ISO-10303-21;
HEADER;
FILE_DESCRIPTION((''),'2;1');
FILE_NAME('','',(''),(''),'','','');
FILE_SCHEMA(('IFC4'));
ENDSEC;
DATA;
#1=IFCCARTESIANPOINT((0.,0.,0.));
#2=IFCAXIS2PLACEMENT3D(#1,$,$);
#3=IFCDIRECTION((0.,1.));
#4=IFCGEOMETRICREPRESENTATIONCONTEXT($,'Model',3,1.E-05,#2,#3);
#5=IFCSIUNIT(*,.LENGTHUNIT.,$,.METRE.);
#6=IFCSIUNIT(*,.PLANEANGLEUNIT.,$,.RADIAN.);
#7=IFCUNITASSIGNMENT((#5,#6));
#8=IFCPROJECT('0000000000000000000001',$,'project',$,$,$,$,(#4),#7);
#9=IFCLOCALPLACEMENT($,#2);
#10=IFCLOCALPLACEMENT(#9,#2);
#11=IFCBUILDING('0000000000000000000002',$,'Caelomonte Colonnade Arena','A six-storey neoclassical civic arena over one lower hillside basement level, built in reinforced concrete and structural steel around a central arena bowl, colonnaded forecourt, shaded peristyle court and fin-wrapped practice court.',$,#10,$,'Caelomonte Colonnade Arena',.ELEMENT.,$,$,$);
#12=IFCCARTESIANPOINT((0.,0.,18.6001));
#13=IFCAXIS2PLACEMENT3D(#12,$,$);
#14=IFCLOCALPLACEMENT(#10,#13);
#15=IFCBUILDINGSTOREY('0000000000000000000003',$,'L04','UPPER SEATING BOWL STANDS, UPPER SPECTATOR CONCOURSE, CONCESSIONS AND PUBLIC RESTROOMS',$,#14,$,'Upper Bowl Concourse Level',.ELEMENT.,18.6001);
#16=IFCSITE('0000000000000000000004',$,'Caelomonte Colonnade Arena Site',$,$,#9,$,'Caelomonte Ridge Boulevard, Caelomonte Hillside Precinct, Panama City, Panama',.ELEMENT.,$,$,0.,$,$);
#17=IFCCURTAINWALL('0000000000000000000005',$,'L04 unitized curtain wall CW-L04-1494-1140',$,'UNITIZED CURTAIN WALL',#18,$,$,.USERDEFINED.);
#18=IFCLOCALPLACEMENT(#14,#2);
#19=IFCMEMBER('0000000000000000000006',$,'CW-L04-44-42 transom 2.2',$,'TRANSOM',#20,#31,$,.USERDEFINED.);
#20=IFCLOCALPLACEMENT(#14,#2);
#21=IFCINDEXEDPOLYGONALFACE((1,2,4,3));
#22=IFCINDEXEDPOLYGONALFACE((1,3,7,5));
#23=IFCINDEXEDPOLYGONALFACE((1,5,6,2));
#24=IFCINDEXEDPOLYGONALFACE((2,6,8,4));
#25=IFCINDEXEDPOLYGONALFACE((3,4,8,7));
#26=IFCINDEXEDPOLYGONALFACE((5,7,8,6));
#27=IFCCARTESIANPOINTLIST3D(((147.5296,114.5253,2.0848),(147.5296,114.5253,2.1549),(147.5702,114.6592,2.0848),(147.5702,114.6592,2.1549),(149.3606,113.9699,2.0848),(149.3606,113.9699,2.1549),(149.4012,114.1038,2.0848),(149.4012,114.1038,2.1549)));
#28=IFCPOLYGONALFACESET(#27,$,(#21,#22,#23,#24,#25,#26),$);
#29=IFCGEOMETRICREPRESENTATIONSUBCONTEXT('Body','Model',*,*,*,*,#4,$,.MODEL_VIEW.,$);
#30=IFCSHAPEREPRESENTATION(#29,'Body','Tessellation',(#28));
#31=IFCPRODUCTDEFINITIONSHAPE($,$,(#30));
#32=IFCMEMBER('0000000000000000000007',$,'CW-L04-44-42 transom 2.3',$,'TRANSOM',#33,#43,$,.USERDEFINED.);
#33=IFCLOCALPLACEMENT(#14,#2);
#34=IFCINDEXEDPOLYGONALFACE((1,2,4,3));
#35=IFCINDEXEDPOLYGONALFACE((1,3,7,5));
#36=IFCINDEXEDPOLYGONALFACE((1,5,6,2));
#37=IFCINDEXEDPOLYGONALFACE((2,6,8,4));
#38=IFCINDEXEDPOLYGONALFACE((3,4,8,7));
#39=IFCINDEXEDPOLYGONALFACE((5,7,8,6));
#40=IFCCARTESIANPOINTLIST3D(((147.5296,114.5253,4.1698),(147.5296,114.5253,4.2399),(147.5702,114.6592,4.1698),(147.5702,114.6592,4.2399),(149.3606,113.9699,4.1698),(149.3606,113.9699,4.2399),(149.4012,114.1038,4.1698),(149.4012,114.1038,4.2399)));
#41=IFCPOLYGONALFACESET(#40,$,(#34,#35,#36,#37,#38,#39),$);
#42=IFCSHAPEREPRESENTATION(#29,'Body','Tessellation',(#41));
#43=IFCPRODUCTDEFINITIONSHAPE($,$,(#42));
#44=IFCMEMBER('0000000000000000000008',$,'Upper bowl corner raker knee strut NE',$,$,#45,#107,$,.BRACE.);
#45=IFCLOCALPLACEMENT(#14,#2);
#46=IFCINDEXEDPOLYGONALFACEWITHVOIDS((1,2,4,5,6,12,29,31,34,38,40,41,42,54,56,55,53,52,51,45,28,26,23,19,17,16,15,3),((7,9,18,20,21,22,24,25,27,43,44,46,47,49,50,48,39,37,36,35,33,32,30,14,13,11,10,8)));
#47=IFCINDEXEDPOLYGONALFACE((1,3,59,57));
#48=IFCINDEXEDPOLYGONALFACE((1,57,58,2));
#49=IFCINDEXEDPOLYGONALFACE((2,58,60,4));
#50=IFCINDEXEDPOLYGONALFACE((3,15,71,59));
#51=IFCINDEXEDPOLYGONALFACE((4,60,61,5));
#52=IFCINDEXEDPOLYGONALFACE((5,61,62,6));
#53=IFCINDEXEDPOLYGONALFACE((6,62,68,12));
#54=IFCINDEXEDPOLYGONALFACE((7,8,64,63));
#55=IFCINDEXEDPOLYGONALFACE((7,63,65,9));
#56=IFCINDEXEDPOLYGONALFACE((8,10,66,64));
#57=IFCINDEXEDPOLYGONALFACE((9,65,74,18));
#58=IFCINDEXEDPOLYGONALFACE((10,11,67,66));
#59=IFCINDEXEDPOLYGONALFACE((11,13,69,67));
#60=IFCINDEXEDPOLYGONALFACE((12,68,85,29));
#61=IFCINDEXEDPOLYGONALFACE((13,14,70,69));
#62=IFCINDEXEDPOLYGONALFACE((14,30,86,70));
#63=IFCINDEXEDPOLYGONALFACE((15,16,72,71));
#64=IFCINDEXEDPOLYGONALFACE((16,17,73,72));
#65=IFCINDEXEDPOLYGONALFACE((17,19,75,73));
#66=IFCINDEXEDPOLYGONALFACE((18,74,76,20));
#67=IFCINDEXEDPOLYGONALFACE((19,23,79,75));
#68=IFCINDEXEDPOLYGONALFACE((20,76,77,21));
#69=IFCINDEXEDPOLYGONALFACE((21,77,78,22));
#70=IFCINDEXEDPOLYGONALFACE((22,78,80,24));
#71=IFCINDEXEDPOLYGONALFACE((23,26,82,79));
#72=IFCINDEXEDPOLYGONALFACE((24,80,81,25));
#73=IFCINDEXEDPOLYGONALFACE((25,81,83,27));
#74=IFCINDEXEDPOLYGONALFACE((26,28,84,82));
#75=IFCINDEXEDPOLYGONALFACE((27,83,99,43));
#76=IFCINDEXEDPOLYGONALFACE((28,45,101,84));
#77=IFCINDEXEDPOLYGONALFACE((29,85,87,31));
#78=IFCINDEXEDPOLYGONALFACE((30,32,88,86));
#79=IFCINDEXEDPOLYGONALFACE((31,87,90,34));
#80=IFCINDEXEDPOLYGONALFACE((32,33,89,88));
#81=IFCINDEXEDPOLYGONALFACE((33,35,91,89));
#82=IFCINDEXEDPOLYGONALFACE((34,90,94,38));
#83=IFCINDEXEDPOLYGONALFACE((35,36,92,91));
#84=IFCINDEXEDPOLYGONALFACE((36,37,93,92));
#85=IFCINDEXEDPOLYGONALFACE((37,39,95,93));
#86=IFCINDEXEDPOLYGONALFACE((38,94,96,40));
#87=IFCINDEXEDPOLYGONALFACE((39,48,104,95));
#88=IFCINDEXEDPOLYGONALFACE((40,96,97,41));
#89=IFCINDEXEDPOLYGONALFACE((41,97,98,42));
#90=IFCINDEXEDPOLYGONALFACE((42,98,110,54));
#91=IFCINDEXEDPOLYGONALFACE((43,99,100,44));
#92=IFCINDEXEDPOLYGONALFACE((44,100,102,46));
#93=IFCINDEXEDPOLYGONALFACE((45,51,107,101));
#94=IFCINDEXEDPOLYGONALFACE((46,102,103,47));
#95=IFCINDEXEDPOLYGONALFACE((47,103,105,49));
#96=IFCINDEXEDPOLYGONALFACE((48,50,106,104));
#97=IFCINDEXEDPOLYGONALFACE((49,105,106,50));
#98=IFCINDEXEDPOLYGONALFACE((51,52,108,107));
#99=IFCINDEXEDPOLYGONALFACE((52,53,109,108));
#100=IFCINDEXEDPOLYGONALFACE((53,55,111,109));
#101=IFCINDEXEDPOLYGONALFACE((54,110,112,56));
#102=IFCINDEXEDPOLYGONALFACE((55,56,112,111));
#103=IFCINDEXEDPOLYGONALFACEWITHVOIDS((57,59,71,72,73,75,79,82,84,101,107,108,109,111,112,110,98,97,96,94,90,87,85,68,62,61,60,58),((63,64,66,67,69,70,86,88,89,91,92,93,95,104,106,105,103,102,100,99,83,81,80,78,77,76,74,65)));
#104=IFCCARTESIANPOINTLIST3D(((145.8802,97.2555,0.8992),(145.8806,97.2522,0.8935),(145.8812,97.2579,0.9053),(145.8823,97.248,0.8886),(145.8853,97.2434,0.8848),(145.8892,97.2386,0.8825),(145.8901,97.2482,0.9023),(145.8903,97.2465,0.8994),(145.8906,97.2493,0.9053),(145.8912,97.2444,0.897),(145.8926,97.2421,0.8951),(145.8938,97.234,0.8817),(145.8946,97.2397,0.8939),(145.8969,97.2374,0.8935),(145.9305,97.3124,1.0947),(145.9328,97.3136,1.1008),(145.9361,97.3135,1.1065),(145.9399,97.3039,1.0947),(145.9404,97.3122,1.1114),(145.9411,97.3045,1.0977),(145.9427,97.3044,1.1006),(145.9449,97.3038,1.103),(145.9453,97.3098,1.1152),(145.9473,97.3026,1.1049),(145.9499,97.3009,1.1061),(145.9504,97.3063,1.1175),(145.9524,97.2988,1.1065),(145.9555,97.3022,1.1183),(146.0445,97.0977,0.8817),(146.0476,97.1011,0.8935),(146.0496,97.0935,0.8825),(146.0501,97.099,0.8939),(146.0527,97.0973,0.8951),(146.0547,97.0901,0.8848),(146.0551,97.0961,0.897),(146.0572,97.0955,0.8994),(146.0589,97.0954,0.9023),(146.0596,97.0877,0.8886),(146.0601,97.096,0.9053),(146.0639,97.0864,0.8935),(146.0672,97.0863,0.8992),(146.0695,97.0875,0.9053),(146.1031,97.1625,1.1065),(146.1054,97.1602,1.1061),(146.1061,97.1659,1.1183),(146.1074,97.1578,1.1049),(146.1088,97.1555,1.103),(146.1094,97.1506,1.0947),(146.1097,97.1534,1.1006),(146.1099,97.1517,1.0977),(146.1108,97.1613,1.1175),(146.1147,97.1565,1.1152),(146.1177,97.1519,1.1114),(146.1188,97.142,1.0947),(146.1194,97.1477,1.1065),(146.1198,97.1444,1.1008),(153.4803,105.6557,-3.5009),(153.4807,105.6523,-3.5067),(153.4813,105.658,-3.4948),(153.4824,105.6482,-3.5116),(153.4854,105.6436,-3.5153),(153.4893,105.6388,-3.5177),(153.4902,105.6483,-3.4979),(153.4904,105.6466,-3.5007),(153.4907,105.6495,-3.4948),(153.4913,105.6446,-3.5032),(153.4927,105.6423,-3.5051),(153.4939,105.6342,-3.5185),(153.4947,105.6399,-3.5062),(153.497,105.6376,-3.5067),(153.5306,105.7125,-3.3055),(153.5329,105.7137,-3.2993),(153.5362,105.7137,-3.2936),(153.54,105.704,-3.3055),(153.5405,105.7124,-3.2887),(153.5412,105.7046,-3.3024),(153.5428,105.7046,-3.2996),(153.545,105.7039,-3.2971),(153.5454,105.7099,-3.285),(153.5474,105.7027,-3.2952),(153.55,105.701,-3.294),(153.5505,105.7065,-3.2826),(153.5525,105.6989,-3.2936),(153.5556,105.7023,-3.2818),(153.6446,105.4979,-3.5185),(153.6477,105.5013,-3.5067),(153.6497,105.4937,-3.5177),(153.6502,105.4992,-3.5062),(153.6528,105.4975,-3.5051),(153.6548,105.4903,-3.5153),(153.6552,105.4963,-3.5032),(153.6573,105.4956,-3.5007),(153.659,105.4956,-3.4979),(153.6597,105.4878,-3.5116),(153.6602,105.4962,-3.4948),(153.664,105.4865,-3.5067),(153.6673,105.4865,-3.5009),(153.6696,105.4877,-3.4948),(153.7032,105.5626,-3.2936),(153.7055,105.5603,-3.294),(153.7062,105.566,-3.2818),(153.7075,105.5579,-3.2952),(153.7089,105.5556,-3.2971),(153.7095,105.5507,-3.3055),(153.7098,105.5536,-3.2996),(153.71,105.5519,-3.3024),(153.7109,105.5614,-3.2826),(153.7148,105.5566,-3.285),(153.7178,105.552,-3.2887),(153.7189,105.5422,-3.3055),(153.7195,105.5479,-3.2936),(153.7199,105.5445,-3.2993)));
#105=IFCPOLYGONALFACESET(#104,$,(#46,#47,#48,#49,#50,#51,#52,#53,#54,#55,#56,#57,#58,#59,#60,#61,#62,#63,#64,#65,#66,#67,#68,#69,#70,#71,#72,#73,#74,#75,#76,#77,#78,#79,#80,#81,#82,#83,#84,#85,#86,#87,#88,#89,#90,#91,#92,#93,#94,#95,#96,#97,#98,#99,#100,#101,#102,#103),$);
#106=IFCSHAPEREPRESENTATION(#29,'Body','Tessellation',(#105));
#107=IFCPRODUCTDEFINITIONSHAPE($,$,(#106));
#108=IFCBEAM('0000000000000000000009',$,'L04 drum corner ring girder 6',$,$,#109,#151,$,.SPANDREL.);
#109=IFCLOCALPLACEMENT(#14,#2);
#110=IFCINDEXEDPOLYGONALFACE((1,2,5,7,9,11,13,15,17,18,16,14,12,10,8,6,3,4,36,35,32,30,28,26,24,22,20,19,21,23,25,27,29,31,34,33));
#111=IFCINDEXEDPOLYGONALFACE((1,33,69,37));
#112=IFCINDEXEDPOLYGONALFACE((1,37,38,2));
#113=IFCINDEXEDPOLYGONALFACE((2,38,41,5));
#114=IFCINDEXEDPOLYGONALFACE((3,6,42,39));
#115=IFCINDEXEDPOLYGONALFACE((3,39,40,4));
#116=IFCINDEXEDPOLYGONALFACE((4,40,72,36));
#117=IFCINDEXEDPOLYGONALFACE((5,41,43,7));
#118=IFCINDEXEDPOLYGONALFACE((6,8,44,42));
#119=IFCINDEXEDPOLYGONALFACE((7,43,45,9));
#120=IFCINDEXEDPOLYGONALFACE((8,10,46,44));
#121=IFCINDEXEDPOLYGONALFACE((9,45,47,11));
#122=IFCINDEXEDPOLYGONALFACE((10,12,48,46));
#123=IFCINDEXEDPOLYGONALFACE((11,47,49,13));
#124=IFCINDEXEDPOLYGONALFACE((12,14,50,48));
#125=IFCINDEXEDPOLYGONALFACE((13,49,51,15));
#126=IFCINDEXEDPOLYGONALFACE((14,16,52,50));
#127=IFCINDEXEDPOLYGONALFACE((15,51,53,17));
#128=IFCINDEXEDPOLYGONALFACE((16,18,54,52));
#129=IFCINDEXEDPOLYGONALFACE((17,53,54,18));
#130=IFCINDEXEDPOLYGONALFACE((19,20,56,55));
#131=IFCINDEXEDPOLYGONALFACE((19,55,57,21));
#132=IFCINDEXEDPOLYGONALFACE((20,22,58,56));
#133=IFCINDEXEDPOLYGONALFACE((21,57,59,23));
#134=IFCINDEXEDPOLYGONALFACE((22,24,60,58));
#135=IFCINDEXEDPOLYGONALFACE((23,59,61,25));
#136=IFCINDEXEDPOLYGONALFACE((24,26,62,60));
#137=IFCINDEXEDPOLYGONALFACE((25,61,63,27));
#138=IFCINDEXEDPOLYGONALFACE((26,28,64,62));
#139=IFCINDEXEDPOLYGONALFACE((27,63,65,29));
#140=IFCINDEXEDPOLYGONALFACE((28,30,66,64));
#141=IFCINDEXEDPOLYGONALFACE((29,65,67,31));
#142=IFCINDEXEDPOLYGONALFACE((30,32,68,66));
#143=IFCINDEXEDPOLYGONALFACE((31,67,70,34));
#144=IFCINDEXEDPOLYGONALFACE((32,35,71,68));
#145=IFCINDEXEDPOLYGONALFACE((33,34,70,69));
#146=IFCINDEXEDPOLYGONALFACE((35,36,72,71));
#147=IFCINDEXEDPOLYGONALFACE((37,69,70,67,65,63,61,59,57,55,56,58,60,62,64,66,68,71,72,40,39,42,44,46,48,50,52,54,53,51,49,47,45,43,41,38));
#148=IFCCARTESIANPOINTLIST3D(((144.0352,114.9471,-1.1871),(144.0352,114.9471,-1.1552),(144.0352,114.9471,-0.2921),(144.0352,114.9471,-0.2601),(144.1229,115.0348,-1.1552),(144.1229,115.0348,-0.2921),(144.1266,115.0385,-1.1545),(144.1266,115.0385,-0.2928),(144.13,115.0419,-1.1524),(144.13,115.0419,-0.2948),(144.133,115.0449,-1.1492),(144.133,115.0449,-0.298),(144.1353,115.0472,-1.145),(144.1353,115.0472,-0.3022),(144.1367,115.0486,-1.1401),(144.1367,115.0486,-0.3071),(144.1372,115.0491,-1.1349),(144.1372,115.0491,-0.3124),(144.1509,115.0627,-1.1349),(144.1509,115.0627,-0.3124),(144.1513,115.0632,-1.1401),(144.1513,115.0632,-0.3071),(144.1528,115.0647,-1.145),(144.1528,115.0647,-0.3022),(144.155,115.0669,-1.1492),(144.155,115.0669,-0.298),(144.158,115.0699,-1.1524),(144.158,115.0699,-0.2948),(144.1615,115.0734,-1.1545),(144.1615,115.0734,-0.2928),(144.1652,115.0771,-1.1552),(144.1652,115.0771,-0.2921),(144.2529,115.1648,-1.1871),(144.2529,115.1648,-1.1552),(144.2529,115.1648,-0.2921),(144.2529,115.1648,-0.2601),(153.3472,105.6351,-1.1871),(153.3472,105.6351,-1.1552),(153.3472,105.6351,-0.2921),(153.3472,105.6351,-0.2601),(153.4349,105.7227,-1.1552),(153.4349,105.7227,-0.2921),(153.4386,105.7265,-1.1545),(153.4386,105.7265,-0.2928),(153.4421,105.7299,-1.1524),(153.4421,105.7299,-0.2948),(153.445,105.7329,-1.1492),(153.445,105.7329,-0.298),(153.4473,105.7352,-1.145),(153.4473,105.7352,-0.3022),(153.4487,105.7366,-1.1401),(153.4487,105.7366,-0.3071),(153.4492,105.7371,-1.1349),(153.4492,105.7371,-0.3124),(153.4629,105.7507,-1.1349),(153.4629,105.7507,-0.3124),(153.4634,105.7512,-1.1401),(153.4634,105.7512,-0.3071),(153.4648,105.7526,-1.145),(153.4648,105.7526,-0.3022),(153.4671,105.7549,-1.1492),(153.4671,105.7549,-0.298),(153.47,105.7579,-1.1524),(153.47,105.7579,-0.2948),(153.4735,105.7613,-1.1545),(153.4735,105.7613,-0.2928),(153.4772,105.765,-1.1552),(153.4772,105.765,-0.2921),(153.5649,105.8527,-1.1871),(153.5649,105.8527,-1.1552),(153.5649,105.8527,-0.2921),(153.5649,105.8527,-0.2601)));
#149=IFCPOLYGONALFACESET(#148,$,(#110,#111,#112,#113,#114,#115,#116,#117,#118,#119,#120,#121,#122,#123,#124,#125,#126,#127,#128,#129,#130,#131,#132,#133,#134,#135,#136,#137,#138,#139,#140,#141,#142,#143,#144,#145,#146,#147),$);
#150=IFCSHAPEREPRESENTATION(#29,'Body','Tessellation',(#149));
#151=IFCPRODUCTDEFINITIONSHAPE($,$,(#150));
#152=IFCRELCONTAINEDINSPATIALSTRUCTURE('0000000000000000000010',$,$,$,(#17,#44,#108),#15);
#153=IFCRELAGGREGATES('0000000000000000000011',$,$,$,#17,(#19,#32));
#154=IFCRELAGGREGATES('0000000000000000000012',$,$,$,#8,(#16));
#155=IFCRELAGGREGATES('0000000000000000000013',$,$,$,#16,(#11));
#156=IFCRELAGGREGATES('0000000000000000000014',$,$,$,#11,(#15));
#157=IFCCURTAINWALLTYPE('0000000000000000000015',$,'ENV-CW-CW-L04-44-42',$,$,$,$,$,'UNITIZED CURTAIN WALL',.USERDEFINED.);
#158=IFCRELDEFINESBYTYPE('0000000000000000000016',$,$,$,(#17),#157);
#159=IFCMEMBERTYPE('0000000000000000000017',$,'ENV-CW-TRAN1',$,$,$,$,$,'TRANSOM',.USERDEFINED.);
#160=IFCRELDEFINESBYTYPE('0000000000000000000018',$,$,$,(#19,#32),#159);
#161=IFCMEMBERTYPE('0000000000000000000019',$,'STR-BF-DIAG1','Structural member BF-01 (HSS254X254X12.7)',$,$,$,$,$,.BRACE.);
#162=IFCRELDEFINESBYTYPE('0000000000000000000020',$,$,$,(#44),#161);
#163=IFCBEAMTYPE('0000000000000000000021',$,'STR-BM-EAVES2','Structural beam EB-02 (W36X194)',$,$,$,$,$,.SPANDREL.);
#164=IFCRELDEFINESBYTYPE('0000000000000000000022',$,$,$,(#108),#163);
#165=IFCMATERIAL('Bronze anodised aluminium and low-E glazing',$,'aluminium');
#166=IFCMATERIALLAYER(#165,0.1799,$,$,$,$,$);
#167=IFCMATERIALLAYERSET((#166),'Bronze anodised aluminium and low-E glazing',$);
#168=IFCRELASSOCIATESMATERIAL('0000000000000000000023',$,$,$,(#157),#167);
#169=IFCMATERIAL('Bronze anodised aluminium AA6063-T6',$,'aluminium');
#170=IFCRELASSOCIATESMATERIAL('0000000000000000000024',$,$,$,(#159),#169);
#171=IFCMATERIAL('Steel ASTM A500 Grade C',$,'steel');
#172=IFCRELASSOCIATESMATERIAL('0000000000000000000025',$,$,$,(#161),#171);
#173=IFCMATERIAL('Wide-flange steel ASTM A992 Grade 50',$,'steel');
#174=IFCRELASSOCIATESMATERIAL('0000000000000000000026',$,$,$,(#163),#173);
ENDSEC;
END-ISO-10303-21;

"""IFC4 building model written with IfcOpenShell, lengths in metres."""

from ifc_helpers import new_model, si_unit, direction, frame, origin, origin_2d, place, context, subcontext, project, spatial, rectangle, hollow_rectangle, i_section, extrude, material, layer, layer_set, material_profile, profile_set, type_object, element, aggregate, save


model = new_model("IFC4")

# Units and contexts
model_context = context("Model", 3, precision=1e-05, world=origin(), true_north=direction((0.0, 1.0)))
body_context = subcontext(model_context, "Body", "Model", "MODEL_VIEW")
ifc_project = project(units=[si_unit("LENGTHUNIT", "METRE"), si_unit("PLANEANGLEUNIT", "RADIAN")], contexts=[model_context])

# Site, building, storey
site_placement = place(None, origin())
site = spatial("IfcSite", under=ifc_project, at=site_placement, Name="Caelomonte Colonnade Arena Site", LongName="Caelomonte Ridge Boulevard, Caelomonte Hillside Precinct, Panama City, Panama", CompositionType="ELEMENT", RefElevation=0.0)
building_placement = place(site_placement, origin())
building = spatial("IfcBuilding", under=site, at=building_placement, Name="Caelomonte Colonnade Arena", Description="A six-storey neoclassical civic arena over one lower hillside basement level, built in reinforced concrete and structural steel around a central arena bowl, colonnaded forecourt, shaded peristyle court and fin-wrapped practice court.", LongName="Caelomonte Colonnade Arena", CompositionType="ELEMENT")
storey_placement = place(building_placement, frame((0.0, 0.0, 18.6001)))
storey = spatial("IfcBuildingStorey", under=building, at=storey_placement, Name="L04", Description="UPPER SEATING BOWL STANDS, UPPER SPECTATOR CONCOURSE, CONCESSIONS AND PUBLIC RESTROOMS", LongName="Upper Bowl Concourse Level", CompositionType="ELEMENT", Elevation=18.6001)

# Shared definitions
ifc_material_1 = material(Name="Wide-flange steel ASTM A992 Grade 50", Category="steel")

# Curtain wall
ifc_material_2 = material(Name="Bronze anodised aluminium and low-E glazing", Category="aluminium")
ifc_material_3 = material(Name="Bronze anodised aluminium AA6063-T6", Category="aluminium")
ifc_layer_1 = layer(ifc_material_2, 0.1799)
ifc_layer_set_1 = layer_set([ifc_layer_1], Name="Bronze anodised aluminium and low-E glazing")
curtain_wall_type_1 = type_object("IfcCurtainWallType", Name="ENV-CW-CW-L04-44-42", ElementType="UNITIZED CURTAIN WALL", PredefinedType="USERDEFINED", material=ifc_layer_set_1)
curtain_wall_1_placement = place(storey_placement, origin())
curtain_wall_1 = element("IfcCurtainWall", 1, at=curtain_wall_1_placement, inside=storey, type_object=curtain_wall_type_1, Name="L04 unitized curtain wall CW-L04-1494-1140", ObjectType="UNITIZED CURTAIN WALL", PredefinedType="USERDEFINED")

# Members
ifc_material_profile_1 = material_profile(ifc_material_3, rectangle(XDim=0.0701, YDim=0.1399, at=origin_2d()), Name="CWT-70X140")
ifc_profile_set_1 = profile_set([ifc_material_profile_1], Name="Bronze anodised aluminium AA6063-T6")
member_type_1 = type_object("IfcMemberType", Name="ENV-CW-TRAN1", ElementType="TRANSOM", PredefinedType="USERDEFINED", material=ifc_profile_set_1)
member_1_placement = place(storey_placement, frame((149.3809, 114.0369, 2.1199), z_axis=(-0.956944, 0.290273, 0.0), x_axis=(0.0, 0.0, 1.0)))
member_1 = element("IfcMember", 2, at=member_1_placement, type_object=member_type_1, Name="CW-L04-44-42 transom 2.2", ObjectType="TRANSOM", PredefinedType="USERDEFINED", context=body_context, shape_type="SweptSolid", body=[
    extrude(rectangle(XDim=0.0701, YDim=0.1399, at=origin_2d()), origin(), (0.0, 0.0, 1.0), 1.9133),
])
member_2_placement = place(storey_placement, frame((149.3809, 114.0369, 4.2048), z_axis=(-0.956944, 0.290273, 0.0), x_axis=(0.0, 0.0, 1.0)))
member_2 = element("IfcMember", 3, at=member_2_placement, type_object=member_type_1, Name="CW-L04-44-42 transom 2.3", ObjectType="TRANSOM", PredefinedType="USERDEFINED", context=body_context, shape_type="SweptSolid", body=[
    extrude(rectangle(XDim=0.0701, YDim=0.1399, at=origin_2d()), origin(), (0.0, 0.0, 1.0), 1.9133),
])
ifc_material_4 = material(Name="Steel ASTM A500 Grade C", Category="steel")
ifc_material_profile_2 = material_profile(ifc_material_4, hollow_rectangle(XDim=0.2539, YDim=0.2539, WallThickness=0.0127, InnerFilletRadius=0.0127, OuterFilletRadius=0.0254, at=origin_2d()), Name="HSS254X254X12.7")
ifc_profile_set_2 = profile_set([ifc_material_profile_2], Name="Steel ASTM A500 Grade C")
member_type_2 = type_object("IfcMemberType", Name="STR-BF-DIAG1", Description="Structural member BF-01 (HSS254X254X12.7)", PredefinedType="BRACE", material=ifc_profile_set_2)
member_3_placement = place(storey_placement, frame((153.6001, 105.6001, -3.4001), z_axis=(-0.62539, -0.691223, 0.362075), x_axis=(0.741537, -0.670912, 0.0)))
element("IfcMember", 4, at=member_3_placement, inside=storey, type_object=member_type_2, Name="Upper bowl corner raker knee strut NE", PredefinedType="BRACE", context=body_context, shape_type="SweptSolid", body=[
    extrude(hollow_rectangle(XDim=0.2539, YDim=0.2539, WallThickness=0.0127, InnerFilletRadius=0.0127, OuterFilletRadius=0.0254, at=origin_2d()), origin(), (0.0, 0.0, 1.0), 12.1526),
])

# Beam
ifc_material_profile_3 = material_profile(ifc_material_1, i_section(OverallWidth=0.3079, OverallDepth=0.927, WebThickness=0.0193, FlangeThickness=0.032, FilletRadius=0.0203, at=origin_2d()), Name="W36X194")
ifc_profile_set_3 = profile_set([ifc_material_profile_3], Name="Wide-flange steel ASTM A992 Grade 50")
beam_type_1 = type_object("IfcBeamType", Name="STR-BM-EAVES2", Description="Structural beam EB-02 (W36X194)", PredefinedType="SPANDREL", material=ifc_profile_set_3)
beam_1_placement = place(storey_placement, frame((153.4561, 105.7439, -0.7236), z_axis=(-0.707107, 0.707107, 0.0), x_axis=(-0.707107, -0.707107, 0.0)))
element("IfcBeam", 5, at=beam_1_placement, inside=storey, type_object=beam_type_1, Name="L04 drum corner ring girder 6", PredefinedType="SPANDREL", context=body_context, shape_type="SweptSolid", body=[
    extrude(i_section(OverallWidth=0.3079, OverallDepth=0.927, WebThickness=0.0193, FlangeThickness=0.032, FilletRadius=0.0203, at=origin_2d()), origin(), (0.0, 0.0, 1.0), 13.1692),
])

aggregate(curtain_wall_1, [member_1, member_2])

save(model, "model.ifc")
